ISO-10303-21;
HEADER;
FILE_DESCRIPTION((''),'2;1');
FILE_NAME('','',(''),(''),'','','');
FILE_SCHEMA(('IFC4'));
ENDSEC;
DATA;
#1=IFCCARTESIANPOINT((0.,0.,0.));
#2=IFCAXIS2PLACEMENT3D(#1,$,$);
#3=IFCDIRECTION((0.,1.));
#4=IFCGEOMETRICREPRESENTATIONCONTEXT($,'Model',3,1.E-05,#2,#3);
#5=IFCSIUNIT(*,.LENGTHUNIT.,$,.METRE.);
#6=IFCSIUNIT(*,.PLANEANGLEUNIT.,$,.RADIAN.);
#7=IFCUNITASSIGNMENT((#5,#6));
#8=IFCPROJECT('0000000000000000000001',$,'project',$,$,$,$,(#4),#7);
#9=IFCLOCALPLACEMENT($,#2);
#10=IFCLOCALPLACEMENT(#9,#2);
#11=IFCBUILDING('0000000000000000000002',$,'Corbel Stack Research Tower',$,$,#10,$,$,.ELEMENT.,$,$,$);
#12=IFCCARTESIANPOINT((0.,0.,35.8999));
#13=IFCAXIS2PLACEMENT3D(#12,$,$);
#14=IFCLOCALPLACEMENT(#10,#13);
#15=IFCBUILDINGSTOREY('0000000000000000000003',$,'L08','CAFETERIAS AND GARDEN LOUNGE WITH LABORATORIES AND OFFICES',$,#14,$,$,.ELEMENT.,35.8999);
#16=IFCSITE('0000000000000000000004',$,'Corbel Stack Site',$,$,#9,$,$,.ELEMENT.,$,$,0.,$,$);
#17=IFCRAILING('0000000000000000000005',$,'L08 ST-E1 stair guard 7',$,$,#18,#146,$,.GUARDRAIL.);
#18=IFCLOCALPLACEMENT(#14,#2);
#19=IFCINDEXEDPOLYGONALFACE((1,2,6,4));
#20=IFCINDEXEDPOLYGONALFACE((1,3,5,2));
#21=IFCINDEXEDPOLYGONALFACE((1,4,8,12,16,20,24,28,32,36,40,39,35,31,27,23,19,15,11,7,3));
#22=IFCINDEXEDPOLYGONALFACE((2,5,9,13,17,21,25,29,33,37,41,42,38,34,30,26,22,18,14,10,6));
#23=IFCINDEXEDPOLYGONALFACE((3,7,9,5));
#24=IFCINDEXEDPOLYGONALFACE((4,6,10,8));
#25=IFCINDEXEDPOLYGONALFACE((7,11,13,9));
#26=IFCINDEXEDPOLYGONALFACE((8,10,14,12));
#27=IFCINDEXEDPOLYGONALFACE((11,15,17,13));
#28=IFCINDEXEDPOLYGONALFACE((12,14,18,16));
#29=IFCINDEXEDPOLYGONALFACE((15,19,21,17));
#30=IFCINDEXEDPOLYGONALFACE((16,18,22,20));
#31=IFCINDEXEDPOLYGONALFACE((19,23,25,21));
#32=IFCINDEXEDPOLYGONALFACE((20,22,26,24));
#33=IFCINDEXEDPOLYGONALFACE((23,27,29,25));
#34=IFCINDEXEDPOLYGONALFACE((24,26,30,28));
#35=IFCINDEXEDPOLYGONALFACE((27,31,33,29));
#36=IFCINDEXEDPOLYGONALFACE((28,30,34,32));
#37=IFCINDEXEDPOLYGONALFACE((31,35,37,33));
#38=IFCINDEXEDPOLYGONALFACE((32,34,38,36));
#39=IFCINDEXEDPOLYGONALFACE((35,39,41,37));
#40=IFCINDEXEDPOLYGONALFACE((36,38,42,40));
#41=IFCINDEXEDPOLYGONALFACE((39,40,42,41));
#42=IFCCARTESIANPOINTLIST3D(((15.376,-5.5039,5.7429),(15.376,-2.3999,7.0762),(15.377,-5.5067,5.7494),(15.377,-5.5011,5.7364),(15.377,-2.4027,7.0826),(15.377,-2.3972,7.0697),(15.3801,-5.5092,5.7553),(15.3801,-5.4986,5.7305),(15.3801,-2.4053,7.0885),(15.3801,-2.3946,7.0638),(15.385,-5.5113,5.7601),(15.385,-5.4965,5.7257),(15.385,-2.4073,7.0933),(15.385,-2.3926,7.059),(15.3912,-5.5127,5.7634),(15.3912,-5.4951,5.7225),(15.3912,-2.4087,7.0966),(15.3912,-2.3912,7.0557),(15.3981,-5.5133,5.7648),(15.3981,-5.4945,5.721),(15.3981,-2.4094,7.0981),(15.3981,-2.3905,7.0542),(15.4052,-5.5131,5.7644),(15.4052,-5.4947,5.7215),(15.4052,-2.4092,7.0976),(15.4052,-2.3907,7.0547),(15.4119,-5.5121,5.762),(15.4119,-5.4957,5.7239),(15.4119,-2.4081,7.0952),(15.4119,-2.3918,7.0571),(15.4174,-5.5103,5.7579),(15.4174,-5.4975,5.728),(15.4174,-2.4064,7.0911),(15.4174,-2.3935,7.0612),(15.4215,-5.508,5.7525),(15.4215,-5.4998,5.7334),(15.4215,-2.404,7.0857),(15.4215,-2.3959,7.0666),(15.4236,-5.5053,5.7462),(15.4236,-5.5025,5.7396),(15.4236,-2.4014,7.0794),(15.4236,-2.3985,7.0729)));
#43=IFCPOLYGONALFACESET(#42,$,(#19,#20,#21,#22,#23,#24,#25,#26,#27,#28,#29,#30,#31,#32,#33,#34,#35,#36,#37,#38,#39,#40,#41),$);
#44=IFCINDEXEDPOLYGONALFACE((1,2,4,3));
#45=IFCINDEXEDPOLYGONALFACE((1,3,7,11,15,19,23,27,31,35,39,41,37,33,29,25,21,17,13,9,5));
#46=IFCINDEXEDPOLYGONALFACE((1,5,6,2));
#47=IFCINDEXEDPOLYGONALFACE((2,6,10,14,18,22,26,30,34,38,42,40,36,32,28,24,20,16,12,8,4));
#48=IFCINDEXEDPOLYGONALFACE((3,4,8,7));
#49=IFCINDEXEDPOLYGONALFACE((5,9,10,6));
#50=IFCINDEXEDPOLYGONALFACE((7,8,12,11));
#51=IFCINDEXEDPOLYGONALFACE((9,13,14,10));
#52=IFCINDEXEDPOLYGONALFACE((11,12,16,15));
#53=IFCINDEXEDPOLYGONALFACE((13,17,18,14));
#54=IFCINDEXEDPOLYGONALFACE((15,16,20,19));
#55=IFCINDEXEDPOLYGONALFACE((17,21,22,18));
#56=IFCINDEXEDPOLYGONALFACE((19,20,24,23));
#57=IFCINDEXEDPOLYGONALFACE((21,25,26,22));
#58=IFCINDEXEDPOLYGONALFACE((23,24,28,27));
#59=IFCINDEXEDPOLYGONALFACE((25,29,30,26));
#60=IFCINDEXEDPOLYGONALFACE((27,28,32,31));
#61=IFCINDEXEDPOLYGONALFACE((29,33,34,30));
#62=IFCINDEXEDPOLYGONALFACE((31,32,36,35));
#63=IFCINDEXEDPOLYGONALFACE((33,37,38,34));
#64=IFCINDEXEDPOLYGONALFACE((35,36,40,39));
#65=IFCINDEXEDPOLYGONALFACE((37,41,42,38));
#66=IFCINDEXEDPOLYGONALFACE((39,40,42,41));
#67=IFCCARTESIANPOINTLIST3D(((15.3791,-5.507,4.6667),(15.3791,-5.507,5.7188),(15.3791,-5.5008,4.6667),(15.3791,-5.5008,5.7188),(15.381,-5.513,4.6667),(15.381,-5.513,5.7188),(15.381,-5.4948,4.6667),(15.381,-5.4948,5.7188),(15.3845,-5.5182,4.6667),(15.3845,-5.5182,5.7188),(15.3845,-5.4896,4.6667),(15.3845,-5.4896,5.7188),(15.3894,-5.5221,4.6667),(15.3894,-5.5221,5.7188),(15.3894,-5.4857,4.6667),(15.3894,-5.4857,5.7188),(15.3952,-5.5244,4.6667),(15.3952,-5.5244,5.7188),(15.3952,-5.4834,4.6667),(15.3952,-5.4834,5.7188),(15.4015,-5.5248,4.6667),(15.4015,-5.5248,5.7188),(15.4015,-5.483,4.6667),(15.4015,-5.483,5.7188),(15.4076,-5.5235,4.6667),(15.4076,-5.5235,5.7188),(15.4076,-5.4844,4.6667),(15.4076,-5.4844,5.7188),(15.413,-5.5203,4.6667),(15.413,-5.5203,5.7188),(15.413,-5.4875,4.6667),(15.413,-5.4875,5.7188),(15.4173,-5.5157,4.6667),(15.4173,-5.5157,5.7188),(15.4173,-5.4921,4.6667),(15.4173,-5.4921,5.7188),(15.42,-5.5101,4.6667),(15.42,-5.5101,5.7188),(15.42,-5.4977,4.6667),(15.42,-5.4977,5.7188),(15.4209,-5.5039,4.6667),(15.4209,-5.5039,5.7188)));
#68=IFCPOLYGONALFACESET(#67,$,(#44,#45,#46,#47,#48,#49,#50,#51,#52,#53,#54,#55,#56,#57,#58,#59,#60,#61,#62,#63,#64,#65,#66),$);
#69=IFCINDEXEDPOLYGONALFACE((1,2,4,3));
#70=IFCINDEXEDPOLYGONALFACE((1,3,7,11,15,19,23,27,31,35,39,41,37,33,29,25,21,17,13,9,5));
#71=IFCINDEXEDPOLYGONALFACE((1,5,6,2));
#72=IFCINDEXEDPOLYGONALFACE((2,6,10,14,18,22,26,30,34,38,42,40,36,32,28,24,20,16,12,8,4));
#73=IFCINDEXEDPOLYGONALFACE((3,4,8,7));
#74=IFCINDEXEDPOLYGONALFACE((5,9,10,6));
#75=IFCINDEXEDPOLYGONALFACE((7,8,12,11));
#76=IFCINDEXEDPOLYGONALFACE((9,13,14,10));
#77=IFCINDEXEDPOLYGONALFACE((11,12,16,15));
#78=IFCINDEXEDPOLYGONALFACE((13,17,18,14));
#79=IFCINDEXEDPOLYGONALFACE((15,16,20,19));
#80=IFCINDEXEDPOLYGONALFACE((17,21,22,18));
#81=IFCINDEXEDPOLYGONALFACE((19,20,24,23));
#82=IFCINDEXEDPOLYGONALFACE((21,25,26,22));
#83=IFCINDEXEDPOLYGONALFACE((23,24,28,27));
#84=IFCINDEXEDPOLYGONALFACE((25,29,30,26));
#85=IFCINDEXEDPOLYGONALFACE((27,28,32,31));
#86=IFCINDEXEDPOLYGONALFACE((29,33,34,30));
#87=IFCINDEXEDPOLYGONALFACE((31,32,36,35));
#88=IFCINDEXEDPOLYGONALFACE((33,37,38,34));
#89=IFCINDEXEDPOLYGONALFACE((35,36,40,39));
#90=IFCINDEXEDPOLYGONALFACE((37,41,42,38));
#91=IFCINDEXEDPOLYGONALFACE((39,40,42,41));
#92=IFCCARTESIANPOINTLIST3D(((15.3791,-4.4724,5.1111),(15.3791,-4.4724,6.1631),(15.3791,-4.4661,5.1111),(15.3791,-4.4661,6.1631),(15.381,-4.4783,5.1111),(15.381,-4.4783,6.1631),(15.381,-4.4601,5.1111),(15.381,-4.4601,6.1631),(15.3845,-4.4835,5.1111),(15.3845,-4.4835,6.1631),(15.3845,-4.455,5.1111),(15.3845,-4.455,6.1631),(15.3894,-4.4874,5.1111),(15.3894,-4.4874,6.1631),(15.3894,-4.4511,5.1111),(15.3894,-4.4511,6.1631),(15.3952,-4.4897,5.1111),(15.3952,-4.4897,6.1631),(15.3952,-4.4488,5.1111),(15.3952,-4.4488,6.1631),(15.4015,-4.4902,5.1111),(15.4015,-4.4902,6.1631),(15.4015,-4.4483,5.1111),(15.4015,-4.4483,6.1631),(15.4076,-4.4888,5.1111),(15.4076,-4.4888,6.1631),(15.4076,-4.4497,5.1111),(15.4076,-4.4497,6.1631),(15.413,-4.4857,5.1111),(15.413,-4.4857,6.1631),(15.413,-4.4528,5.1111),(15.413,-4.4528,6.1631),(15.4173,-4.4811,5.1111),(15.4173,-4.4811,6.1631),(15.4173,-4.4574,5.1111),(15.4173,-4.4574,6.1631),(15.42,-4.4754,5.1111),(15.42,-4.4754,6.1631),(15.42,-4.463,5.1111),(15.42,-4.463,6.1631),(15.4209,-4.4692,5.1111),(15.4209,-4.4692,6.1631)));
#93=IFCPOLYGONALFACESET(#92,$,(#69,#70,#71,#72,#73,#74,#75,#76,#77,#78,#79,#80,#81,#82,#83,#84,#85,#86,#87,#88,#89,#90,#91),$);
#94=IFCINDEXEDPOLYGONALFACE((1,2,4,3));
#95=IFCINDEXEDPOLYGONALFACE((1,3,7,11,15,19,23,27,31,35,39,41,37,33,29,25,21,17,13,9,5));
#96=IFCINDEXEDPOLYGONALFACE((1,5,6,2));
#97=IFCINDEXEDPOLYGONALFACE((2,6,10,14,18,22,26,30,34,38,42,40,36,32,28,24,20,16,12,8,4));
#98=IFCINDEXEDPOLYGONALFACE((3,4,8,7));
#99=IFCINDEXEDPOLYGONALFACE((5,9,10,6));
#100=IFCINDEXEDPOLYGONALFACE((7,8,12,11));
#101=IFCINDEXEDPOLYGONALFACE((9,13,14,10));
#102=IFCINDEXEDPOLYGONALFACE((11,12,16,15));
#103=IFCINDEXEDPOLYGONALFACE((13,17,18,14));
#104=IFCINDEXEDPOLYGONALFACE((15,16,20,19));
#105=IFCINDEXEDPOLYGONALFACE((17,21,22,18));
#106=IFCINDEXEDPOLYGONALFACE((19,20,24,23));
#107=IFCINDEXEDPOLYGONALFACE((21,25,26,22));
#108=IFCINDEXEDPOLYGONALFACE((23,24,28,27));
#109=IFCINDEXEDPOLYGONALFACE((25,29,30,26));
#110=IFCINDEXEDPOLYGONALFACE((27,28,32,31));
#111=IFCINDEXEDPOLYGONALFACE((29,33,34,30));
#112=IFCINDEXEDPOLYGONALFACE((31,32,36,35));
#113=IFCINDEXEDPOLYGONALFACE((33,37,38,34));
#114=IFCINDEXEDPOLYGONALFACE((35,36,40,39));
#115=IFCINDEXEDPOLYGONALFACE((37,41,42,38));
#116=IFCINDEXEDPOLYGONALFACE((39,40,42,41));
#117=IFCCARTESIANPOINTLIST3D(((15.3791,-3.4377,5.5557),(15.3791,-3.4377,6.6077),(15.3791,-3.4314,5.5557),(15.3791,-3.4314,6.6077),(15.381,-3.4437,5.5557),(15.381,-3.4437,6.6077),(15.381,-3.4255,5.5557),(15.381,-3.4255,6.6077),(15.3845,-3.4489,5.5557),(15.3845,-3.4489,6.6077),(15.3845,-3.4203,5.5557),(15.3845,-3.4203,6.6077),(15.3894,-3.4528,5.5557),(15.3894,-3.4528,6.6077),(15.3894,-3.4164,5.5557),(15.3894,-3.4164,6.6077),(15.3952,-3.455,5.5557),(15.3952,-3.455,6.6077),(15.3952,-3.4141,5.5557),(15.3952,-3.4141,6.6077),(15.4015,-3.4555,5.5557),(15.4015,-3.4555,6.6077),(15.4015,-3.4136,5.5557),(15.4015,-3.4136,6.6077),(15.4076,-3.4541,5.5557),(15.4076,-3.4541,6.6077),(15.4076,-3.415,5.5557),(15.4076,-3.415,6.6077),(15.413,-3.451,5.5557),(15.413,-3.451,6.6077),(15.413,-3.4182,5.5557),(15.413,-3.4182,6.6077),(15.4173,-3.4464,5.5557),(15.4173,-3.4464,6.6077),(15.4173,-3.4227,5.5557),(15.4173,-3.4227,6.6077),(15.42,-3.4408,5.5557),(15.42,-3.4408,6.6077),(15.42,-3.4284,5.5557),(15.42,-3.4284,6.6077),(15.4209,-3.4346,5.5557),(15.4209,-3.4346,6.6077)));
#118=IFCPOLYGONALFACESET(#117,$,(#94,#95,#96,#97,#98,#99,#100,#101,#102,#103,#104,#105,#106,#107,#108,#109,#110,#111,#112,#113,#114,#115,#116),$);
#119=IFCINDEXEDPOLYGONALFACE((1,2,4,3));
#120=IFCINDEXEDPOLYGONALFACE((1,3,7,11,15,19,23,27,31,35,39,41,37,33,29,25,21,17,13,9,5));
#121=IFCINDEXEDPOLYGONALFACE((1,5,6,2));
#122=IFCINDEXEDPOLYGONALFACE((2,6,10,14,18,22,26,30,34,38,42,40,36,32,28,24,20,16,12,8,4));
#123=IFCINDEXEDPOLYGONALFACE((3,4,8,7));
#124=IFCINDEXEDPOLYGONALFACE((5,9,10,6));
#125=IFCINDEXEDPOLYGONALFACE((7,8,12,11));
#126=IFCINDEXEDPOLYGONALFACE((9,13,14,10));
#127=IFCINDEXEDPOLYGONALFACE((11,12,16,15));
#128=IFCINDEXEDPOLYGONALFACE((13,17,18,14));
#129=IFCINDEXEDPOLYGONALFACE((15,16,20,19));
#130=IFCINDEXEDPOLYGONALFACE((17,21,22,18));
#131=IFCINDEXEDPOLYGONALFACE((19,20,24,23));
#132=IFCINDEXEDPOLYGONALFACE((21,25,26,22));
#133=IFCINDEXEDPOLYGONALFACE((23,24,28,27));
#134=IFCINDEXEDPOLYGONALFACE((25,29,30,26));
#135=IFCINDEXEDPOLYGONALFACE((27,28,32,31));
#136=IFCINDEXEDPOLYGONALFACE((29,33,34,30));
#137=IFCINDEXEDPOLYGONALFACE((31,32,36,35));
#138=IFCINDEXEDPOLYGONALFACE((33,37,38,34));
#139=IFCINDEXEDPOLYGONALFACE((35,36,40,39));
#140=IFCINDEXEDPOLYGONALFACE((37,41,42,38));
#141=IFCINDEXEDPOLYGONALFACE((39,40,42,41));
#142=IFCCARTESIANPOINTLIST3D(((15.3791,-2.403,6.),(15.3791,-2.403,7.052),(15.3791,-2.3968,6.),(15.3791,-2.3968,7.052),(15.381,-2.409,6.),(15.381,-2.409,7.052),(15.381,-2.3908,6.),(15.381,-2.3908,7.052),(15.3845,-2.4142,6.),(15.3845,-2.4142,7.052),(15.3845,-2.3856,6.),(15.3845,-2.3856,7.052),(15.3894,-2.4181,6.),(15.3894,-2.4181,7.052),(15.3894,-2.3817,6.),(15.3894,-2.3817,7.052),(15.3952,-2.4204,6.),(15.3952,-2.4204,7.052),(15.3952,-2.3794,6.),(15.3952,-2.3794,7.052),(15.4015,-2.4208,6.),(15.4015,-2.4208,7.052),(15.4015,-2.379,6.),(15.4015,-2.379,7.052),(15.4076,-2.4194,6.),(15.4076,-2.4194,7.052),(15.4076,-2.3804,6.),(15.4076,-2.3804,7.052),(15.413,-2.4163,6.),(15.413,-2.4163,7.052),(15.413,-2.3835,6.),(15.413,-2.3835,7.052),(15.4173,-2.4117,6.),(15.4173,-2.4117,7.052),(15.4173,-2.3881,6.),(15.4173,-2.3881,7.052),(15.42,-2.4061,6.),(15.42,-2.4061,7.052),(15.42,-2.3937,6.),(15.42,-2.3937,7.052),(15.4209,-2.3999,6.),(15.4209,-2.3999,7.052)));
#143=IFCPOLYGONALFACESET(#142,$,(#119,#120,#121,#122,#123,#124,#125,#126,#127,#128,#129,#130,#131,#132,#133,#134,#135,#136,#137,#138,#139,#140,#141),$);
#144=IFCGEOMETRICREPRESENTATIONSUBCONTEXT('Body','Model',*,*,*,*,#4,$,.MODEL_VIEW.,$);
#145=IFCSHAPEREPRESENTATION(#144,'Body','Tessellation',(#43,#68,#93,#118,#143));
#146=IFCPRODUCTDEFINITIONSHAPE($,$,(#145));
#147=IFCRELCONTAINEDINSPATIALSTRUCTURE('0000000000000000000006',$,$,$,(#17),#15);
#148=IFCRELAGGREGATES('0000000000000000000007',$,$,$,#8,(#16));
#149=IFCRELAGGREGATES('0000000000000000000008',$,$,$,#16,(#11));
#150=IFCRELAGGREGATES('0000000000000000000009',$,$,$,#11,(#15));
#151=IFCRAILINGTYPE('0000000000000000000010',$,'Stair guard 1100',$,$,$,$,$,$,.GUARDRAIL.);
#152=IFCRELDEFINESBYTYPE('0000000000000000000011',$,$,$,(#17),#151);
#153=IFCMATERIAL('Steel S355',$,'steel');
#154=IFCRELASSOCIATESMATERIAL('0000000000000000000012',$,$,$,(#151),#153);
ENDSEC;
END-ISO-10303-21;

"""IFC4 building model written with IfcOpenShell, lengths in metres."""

from ifc_helpers import new_model, si_unit, direction, frame, origin, origin_2d, place, context, subcontext, project, spatial, circle, extrude, material, type_object, element, save


model = new_model("IFC4")

# Units and contexts
model_context = context("Model", 3, precision=1e-05, world=origin(), true_north=direction((0.0, 1.0)))
body_context = subcontext(model_context, "Body", "Model", "MODEL_VIEW")
ifc_project = project(units=[si_unit("LENGTHUNIT", "METRE"), si_unit("PLANEANGLEUNIT", "RADIAN")], contexts=[model_context])

# Site, building, storey
site_placement = place(None, origin())
site = spatial("IfcSite", under=ifc_project, at=site_placement, Name="Corbel Stack Site", CompositionType="ELEMENT", RefElevation=0.0)
building_placement = place(site_placement, origin())
building = spatial("IfcBuilding", under=site, at=building_placement, Name="Corbel Stack Research Tower", CompositionType="ELEMENT")
storey_placement = place(building_placement, frame((0.0, 0.0, 35.8999)))
storey = spatial("IfcBuildingStorey", under=building, at=storey_placement, Name="L08", Description="CAFETERIAS AND GARDEN LOUNGE WITH LABORATORIES AND OFFICES", CompositionType="ELEMENT", Elevation=35.8999)

# Railing
ifc_material_1 = material(Name="Steel S355", Category="steel")
railing_type_1 = type_object("IfcRailingType", Name="Stair guard 1100", PredefinedType="GUARDRAIL", material=ifc_material_1)
railing_1_placement = place(storey_placement, frame((15.3999, -5.5039, 4.6667)))
element("IfcRailing", 1, at=railing_1_placement, inside=storey, type_object=railing_type_1, Name="L08 ST-E1 stair guard 7", PredefinedType="GUARDRAIL", context=body_context, shape_type="SweptSolid", body=[
    extrude(circle(Radius=0.0239, at=origin_2d()), frame((0.0, 0.0, 1.0762), z_axis=(0.0, 0.918827, 0.394661), x_axis=(-1.0, 0.0, 0.0)), (0.0, 0.0, 1.0), 3.3782),
    extrude(circle(Radius=0.021, at=origin_2d()), origin(), (0.0, 0.0, 1.0), 1.052),
    extrude(circle(Radius=0.021, at=origin_2d()), frame((0.0, 1.0347, 0.4443)), (0.0, 0.0, 1.0), 1.052),
    extrude(circle(Radius=0.021, at=origin_2d()), frame((0.0, 2.0693, 0.8889)), (0.0, 0.0, 1.0), 1.052),
    extrude(circle(Radius=0.021, at=origin_2d()), frame((0.0, 3.104, 1.3333)), (0.0, 0.0, 1.0), 1.052),
])

save(model, "model.ifc")
